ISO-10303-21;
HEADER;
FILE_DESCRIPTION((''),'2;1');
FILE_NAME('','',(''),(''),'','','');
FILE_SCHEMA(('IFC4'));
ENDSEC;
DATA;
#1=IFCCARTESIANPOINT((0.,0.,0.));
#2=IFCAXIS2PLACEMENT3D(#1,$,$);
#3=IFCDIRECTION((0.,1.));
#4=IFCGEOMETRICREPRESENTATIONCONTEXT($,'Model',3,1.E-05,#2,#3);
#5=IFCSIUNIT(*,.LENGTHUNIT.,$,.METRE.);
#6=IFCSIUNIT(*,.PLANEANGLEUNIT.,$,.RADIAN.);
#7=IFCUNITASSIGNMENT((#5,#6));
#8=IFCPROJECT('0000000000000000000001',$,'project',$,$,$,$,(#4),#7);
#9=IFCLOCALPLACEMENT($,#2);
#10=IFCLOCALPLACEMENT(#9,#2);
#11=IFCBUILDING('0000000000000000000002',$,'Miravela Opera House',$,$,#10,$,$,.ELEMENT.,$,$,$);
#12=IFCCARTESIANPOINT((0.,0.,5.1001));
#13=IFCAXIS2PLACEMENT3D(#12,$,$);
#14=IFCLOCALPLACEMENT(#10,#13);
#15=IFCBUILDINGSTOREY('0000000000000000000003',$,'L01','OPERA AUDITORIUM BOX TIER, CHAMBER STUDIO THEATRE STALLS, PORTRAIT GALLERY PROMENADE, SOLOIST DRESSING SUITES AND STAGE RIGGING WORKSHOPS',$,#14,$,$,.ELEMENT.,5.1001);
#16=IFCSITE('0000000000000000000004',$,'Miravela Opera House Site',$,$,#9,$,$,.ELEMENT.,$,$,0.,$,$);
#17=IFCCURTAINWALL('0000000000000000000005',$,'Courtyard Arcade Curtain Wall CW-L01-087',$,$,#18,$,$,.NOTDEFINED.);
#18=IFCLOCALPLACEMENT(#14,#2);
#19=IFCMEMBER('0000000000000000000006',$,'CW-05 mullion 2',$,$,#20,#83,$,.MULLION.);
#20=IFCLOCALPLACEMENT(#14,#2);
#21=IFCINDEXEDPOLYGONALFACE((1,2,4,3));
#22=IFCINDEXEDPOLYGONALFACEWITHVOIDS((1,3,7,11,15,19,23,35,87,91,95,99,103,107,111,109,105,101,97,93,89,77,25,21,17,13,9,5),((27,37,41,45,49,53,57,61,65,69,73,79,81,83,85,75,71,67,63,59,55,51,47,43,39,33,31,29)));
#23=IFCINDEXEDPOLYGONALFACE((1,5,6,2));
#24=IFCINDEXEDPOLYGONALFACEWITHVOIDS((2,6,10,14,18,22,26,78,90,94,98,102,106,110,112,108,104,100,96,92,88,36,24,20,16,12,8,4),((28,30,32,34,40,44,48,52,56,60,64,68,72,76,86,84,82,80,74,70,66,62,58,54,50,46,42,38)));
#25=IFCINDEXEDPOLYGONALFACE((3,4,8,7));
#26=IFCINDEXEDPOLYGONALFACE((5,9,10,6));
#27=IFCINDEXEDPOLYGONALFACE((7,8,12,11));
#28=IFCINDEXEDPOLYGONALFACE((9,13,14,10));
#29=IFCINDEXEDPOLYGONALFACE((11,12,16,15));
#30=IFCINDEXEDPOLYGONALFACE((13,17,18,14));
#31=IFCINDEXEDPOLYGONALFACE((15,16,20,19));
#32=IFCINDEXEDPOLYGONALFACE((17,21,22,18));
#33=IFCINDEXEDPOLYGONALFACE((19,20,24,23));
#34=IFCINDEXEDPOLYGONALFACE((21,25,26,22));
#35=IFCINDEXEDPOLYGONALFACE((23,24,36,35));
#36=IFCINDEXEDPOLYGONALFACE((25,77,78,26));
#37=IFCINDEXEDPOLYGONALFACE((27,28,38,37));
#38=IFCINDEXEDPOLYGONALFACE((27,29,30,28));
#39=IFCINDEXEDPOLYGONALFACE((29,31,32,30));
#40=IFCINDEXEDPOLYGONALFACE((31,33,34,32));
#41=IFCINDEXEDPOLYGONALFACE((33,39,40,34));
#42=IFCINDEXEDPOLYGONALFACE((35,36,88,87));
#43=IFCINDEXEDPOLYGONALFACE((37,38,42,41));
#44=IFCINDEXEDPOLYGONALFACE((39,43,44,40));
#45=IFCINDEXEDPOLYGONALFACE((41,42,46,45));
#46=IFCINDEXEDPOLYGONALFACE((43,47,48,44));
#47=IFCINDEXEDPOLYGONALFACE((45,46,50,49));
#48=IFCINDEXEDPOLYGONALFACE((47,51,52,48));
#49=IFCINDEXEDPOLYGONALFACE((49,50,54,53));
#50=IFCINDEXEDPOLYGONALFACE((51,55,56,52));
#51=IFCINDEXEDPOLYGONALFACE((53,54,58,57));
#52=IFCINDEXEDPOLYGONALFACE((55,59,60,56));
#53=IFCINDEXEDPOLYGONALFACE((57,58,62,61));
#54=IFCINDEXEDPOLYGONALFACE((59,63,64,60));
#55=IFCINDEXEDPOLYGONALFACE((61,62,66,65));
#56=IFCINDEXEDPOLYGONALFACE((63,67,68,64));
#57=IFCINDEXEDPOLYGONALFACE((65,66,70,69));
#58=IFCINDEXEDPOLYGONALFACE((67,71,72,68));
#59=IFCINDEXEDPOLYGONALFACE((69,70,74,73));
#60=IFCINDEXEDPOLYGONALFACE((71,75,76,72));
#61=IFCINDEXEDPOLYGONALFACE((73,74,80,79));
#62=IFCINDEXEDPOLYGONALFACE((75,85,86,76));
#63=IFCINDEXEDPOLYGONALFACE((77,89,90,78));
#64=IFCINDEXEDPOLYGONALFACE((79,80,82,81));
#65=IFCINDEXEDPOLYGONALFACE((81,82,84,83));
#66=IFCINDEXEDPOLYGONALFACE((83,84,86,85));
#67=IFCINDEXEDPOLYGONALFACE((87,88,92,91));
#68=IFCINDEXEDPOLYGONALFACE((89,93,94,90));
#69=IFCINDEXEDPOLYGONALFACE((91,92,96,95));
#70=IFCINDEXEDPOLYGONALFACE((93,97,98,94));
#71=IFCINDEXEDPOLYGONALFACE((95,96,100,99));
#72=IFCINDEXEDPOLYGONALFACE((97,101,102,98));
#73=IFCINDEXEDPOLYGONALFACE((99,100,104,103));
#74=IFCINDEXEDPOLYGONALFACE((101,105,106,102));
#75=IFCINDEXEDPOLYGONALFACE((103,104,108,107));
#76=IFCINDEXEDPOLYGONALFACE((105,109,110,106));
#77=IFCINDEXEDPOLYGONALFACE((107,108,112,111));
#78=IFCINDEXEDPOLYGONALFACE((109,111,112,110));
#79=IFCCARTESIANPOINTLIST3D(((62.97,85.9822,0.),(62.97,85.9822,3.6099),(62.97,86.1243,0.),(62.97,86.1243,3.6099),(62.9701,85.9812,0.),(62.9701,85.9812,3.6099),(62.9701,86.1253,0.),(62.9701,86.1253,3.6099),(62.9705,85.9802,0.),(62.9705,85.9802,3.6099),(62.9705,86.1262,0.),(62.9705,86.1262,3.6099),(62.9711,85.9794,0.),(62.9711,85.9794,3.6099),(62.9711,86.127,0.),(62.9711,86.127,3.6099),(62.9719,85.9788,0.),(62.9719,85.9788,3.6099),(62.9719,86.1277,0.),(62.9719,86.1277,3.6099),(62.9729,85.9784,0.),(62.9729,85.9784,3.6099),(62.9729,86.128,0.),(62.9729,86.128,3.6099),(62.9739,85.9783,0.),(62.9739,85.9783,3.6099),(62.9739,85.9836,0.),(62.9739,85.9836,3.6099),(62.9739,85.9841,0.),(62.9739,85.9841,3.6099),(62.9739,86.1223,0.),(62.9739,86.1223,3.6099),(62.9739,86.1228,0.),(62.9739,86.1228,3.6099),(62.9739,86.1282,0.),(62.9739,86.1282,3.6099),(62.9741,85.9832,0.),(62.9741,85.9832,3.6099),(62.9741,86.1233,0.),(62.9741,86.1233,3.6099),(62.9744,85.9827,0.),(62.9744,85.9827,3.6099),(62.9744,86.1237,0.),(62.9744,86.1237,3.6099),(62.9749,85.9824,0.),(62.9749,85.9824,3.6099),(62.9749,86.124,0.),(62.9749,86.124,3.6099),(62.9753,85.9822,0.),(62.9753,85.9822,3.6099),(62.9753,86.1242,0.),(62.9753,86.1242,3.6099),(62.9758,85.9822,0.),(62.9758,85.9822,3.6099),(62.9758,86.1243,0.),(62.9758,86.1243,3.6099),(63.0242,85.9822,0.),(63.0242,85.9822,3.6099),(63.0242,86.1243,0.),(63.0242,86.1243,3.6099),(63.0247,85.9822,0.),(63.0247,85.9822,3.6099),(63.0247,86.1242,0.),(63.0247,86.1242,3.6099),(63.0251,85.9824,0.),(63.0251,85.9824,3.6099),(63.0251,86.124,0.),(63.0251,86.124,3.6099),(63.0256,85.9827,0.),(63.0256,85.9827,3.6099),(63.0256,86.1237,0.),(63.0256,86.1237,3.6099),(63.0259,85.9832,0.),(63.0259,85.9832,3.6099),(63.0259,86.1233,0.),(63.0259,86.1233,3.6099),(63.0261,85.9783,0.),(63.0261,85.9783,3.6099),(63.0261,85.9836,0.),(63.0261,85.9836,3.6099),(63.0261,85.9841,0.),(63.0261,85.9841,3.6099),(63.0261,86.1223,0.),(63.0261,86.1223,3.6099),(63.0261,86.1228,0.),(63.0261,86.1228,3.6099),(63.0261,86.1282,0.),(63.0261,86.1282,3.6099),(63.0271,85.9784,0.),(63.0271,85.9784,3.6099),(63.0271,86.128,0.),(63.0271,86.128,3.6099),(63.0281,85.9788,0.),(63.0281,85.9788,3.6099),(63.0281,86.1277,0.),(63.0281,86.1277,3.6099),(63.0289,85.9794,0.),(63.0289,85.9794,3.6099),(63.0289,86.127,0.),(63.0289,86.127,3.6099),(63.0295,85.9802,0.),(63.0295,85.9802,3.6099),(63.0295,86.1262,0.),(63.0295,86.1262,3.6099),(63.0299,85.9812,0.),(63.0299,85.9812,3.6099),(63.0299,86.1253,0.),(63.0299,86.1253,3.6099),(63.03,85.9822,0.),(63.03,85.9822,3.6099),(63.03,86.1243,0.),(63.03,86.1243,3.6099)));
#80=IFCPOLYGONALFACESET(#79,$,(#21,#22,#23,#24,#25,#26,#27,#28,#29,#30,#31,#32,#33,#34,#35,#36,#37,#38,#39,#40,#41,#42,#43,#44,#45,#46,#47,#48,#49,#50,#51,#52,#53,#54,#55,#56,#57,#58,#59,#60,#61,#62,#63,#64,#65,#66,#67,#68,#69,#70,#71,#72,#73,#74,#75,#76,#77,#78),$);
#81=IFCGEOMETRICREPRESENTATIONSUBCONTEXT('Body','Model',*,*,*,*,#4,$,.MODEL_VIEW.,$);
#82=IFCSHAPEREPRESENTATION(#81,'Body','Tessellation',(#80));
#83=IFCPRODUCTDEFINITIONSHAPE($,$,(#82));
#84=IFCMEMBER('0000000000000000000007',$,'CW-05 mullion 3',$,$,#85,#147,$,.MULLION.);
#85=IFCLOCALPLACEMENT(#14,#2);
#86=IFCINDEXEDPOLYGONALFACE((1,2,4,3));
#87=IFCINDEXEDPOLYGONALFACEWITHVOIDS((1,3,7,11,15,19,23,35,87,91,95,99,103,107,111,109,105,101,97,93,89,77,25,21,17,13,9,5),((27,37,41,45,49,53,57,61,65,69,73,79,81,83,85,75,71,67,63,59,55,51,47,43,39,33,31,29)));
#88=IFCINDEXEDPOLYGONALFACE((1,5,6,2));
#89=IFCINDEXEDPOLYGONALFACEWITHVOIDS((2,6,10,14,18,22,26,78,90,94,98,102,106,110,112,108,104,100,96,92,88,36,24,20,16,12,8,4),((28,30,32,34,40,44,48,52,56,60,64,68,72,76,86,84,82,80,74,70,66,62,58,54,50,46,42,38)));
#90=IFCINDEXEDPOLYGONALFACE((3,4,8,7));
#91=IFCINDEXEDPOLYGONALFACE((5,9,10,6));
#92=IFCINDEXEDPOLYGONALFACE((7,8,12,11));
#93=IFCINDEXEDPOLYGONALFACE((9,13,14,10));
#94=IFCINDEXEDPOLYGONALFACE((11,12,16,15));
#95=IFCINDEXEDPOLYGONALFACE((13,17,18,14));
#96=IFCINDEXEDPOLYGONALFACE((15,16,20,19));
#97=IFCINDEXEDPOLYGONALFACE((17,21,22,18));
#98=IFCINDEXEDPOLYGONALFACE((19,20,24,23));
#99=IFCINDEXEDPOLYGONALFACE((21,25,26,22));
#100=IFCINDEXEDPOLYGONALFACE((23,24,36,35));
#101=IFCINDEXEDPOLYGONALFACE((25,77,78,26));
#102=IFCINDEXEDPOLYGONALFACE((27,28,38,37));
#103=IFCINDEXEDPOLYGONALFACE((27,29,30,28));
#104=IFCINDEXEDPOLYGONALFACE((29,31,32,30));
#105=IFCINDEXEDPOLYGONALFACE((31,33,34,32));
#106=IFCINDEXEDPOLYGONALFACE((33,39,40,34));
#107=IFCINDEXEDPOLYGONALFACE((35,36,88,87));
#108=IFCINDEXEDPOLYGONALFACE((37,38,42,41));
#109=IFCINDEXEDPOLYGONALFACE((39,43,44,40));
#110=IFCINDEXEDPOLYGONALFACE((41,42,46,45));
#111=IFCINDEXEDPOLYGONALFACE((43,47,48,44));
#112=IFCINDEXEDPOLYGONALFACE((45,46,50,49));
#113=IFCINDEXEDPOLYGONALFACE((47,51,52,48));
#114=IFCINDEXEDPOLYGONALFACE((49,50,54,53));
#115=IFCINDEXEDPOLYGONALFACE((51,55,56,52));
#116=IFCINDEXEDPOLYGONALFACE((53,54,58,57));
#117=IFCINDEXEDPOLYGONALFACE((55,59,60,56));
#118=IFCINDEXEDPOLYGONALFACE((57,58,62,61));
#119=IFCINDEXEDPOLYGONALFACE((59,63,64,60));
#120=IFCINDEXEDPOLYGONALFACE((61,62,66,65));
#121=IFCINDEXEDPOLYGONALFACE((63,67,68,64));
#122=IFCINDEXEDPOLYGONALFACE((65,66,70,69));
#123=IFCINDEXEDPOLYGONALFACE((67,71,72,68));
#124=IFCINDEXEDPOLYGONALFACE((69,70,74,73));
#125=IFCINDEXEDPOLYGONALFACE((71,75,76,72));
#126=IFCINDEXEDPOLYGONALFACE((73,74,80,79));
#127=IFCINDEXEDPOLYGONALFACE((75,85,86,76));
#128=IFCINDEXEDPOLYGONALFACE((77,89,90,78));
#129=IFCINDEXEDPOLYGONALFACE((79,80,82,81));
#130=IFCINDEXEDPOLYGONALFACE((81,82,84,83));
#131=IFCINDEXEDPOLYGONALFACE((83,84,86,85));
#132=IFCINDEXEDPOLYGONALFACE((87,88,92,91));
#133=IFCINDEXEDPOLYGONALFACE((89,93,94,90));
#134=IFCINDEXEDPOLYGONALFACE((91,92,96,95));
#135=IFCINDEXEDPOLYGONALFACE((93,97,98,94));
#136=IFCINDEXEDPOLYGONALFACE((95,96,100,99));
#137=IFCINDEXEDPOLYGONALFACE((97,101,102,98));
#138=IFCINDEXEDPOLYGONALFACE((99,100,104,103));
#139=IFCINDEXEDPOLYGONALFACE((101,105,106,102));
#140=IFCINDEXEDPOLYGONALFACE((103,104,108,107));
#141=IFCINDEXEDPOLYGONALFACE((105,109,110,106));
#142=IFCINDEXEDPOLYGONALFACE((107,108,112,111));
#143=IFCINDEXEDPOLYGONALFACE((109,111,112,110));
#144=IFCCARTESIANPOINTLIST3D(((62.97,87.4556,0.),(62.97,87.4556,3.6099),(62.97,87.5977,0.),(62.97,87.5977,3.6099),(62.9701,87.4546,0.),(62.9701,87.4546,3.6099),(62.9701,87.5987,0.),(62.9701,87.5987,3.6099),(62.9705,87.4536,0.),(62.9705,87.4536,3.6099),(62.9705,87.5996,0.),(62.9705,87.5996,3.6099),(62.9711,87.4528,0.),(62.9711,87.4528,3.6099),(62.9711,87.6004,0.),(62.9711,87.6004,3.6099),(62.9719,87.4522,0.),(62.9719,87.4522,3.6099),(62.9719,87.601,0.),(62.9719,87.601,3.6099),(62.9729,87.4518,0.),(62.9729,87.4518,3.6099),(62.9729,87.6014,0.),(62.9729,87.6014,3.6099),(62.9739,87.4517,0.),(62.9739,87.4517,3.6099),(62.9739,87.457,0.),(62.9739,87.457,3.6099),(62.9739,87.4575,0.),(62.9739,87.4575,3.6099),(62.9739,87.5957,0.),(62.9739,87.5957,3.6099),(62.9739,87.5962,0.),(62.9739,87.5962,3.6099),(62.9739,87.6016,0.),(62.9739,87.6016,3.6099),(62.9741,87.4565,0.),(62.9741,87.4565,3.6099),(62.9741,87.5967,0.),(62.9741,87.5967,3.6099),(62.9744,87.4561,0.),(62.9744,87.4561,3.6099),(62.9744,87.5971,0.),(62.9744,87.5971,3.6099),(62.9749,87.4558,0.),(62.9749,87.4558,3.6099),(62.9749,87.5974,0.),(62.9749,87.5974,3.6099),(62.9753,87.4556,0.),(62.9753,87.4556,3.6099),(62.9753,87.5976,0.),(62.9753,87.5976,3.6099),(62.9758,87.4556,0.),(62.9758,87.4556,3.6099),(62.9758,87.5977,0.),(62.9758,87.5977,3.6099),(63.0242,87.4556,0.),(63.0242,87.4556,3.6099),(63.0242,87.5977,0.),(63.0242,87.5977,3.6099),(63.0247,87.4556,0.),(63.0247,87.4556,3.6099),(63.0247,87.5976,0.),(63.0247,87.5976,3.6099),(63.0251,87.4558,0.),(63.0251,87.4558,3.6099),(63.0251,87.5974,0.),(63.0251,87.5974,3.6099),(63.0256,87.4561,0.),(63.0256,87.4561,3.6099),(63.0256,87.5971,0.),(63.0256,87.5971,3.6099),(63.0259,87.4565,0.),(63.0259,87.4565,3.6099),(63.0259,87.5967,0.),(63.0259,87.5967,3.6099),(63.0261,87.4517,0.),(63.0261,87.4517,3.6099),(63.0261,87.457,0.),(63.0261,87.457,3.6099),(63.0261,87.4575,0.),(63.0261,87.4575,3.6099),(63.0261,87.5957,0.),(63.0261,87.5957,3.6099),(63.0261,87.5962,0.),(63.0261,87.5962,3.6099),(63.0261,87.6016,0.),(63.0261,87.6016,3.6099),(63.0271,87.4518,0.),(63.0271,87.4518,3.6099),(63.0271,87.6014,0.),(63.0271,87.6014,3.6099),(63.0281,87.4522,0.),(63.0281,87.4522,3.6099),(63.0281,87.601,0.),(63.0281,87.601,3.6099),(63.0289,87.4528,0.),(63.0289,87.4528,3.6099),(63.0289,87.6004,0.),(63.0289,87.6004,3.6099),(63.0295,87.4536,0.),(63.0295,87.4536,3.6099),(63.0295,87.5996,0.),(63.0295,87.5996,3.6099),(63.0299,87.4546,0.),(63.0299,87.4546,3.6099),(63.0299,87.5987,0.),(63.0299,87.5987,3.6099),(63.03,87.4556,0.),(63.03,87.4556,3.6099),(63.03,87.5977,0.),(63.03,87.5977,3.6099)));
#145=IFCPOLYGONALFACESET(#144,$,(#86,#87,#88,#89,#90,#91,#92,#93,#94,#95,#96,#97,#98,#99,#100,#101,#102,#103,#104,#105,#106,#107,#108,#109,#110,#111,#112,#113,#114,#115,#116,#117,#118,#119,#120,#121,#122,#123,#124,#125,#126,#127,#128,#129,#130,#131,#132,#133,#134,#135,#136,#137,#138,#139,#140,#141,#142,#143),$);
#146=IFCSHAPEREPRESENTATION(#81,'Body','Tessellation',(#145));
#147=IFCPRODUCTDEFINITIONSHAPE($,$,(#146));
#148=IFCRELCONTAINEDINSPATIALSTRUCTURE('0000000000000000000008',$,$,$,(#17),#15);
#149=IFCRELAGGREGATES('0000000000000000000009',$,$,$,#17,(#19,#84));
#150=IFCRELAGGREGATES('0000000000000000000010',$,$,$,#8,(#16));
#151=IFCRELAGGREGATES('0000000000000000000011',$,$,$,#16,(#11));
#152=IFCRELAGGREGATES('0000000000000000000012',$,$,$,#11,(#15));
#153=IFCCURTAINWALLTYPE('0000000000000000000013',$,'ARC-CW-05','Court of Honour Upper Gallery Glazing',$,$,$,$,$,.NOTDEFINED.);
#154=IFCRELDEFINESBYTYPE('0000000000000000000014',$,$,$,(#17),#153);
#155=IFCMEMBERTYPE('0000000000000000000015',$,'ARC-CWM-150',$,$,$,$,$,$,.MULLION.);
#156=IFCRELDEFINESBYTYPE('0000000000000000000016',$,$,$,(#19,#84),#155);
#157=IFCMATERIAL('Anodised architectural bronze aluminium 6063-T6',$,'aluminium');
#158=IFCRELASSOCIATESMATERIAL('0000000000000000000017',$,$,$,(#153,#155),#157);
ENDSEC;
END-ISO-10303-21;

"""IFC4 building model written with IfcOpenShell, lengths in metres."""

from ifc_helpers import new_model, si_unit, direction, frame, origin, origin_2d, place, context, subcontext, project, spatial, hollow_rectangle, extrude, material, material_profile, profile_set, type_object, element, aggregate, save


model = new_model("IFC4")

# Units and contexts
model_context = context("Model", 3, precision=1e-05, world=origin(), true_north=direction((0.0, 1.0)))
body_context = subcontext(model_context, "Body", "Model", "MODEL_VIEW")
ifc_project = project(units=[si_unit("LENGTHUNIT", "METRE"), si_unit("PLANEANGLEUNIT", "RADIAN")], contexts=[model_context])

# Site, building, storey
site_placement = place(None, origin())
site = spatial("IfcSite", under=ifc_project, at=site_placement, Name="Miravela Opera House Site", CompositionType="ELEMENT", RefElevation=0.0)
building_placement = place(site_placement, origin())
building = spatial("IfcBuilding", under=site, at=building_placement, Name="Miravela Opera House", CompositionType="ELEMENT")
storey_placement = place(building_placement, frame((0.0, 0.0, 5.1001)))
storey = spatial("IfcBuildingStorey", under=building, at=storey_placement, Name="L01", Description="OPERA AUDITORIUM BOX TIER, CHAMBER STUDIO THEATRE STALLS, PORTRAIT GALLERY PROMENADE, SOLOIST DRESSING SUITES AND STAGE RIGGING WORKSHOPS", CompositionType="ELEMENT", Elevation=5.1001)

# Curtain wall, members
ifc_material_1 = material(Name="Anodised architectural bronze aluminium 6063-T6", Category="aluminium")
curtain_wall_type = type_object("IfcCurtainWallType", Name="ARC-CW-05", Description="Court of Honour Upper Gallery Glazing", PredefinedType="NOTDEFINED", material=ifc_material_1)
curtain_wall_placement = place(storey_placement, origin())
curtain_wall = element("IfcCurtainWall", 1, at=curtain_wall_placement, inside=storey, type_object=curtain_wall_type, Name="Courtyard Arcade Curtain Wall CW-L01-087", PredefinedType="NOTDEFINED")
ifc_material_profile_1 = material_profile(ifc_material_1, hollow_rectangle(XDim=0.0601, YDim=0.1499, WallThickness=0.0039, InnerFilletRadius=0.002, OuterFilletRadius=0.0039, at=origin_2d()), Name="CWM-60X150")
ifc_profile_set_1 = profile_set([ifc_material_profile_1])
member_type_1 = type_object("IfcMemberType", Name="ARC-CWM-150", PredefinedType="MULLION", material=ifc_profile_set_1)
member_1_placement = place(storey_placement, frame((63.0, 86.0532, 0.0), z_axis=(0.0, 0.0, 1.0), x_axis=(-1.0, 0.0, 0.0)))
member_1 = element("IfcMember", 2, at=member_1_placement, type_object=member_type_1, Name="CW-05 mullion 2", PredefinedType="MULLION", context=body_context, shape_type="SweptSolid", body=[
    extrude(hollow_rectangle(XDim=0.0601, YDim=0.1499, WallThickness=0.0039, InnerFilletRadius=0.002, OuterFilletRadius=0.0039, at=origin_2d()), origin(), (0.0, 0.0, 1.0), 3.6099),
])
member_2_placement = place(storey_placement, frame((63.0, 87.5266, 0.0), z_axis=(0.0, 0.0, 1.0), x_axis=(-1.0, 0.0, 0.0)))
member_2 = element("IfcMember", 3, at=member_2_placement, type_object=member_type_1, Name="CW-05 mullion 3", PredefinedType="MULLION", context=body_context, shape_type="SweptSolid", body=[
    extrude(hollow_rectangle(XDim=0.0601, YDim=0.1499, WallThickness=0.0039, InnerFilletRadius=0.002, OuterFilletRadius=0.0039, at=origin_2d()), origin(), (0.0, 0.0, 1.0), 3.6099),
])
aggregate(curtain_wall, [member_1, member_2])

save(model, "model.ifc")
